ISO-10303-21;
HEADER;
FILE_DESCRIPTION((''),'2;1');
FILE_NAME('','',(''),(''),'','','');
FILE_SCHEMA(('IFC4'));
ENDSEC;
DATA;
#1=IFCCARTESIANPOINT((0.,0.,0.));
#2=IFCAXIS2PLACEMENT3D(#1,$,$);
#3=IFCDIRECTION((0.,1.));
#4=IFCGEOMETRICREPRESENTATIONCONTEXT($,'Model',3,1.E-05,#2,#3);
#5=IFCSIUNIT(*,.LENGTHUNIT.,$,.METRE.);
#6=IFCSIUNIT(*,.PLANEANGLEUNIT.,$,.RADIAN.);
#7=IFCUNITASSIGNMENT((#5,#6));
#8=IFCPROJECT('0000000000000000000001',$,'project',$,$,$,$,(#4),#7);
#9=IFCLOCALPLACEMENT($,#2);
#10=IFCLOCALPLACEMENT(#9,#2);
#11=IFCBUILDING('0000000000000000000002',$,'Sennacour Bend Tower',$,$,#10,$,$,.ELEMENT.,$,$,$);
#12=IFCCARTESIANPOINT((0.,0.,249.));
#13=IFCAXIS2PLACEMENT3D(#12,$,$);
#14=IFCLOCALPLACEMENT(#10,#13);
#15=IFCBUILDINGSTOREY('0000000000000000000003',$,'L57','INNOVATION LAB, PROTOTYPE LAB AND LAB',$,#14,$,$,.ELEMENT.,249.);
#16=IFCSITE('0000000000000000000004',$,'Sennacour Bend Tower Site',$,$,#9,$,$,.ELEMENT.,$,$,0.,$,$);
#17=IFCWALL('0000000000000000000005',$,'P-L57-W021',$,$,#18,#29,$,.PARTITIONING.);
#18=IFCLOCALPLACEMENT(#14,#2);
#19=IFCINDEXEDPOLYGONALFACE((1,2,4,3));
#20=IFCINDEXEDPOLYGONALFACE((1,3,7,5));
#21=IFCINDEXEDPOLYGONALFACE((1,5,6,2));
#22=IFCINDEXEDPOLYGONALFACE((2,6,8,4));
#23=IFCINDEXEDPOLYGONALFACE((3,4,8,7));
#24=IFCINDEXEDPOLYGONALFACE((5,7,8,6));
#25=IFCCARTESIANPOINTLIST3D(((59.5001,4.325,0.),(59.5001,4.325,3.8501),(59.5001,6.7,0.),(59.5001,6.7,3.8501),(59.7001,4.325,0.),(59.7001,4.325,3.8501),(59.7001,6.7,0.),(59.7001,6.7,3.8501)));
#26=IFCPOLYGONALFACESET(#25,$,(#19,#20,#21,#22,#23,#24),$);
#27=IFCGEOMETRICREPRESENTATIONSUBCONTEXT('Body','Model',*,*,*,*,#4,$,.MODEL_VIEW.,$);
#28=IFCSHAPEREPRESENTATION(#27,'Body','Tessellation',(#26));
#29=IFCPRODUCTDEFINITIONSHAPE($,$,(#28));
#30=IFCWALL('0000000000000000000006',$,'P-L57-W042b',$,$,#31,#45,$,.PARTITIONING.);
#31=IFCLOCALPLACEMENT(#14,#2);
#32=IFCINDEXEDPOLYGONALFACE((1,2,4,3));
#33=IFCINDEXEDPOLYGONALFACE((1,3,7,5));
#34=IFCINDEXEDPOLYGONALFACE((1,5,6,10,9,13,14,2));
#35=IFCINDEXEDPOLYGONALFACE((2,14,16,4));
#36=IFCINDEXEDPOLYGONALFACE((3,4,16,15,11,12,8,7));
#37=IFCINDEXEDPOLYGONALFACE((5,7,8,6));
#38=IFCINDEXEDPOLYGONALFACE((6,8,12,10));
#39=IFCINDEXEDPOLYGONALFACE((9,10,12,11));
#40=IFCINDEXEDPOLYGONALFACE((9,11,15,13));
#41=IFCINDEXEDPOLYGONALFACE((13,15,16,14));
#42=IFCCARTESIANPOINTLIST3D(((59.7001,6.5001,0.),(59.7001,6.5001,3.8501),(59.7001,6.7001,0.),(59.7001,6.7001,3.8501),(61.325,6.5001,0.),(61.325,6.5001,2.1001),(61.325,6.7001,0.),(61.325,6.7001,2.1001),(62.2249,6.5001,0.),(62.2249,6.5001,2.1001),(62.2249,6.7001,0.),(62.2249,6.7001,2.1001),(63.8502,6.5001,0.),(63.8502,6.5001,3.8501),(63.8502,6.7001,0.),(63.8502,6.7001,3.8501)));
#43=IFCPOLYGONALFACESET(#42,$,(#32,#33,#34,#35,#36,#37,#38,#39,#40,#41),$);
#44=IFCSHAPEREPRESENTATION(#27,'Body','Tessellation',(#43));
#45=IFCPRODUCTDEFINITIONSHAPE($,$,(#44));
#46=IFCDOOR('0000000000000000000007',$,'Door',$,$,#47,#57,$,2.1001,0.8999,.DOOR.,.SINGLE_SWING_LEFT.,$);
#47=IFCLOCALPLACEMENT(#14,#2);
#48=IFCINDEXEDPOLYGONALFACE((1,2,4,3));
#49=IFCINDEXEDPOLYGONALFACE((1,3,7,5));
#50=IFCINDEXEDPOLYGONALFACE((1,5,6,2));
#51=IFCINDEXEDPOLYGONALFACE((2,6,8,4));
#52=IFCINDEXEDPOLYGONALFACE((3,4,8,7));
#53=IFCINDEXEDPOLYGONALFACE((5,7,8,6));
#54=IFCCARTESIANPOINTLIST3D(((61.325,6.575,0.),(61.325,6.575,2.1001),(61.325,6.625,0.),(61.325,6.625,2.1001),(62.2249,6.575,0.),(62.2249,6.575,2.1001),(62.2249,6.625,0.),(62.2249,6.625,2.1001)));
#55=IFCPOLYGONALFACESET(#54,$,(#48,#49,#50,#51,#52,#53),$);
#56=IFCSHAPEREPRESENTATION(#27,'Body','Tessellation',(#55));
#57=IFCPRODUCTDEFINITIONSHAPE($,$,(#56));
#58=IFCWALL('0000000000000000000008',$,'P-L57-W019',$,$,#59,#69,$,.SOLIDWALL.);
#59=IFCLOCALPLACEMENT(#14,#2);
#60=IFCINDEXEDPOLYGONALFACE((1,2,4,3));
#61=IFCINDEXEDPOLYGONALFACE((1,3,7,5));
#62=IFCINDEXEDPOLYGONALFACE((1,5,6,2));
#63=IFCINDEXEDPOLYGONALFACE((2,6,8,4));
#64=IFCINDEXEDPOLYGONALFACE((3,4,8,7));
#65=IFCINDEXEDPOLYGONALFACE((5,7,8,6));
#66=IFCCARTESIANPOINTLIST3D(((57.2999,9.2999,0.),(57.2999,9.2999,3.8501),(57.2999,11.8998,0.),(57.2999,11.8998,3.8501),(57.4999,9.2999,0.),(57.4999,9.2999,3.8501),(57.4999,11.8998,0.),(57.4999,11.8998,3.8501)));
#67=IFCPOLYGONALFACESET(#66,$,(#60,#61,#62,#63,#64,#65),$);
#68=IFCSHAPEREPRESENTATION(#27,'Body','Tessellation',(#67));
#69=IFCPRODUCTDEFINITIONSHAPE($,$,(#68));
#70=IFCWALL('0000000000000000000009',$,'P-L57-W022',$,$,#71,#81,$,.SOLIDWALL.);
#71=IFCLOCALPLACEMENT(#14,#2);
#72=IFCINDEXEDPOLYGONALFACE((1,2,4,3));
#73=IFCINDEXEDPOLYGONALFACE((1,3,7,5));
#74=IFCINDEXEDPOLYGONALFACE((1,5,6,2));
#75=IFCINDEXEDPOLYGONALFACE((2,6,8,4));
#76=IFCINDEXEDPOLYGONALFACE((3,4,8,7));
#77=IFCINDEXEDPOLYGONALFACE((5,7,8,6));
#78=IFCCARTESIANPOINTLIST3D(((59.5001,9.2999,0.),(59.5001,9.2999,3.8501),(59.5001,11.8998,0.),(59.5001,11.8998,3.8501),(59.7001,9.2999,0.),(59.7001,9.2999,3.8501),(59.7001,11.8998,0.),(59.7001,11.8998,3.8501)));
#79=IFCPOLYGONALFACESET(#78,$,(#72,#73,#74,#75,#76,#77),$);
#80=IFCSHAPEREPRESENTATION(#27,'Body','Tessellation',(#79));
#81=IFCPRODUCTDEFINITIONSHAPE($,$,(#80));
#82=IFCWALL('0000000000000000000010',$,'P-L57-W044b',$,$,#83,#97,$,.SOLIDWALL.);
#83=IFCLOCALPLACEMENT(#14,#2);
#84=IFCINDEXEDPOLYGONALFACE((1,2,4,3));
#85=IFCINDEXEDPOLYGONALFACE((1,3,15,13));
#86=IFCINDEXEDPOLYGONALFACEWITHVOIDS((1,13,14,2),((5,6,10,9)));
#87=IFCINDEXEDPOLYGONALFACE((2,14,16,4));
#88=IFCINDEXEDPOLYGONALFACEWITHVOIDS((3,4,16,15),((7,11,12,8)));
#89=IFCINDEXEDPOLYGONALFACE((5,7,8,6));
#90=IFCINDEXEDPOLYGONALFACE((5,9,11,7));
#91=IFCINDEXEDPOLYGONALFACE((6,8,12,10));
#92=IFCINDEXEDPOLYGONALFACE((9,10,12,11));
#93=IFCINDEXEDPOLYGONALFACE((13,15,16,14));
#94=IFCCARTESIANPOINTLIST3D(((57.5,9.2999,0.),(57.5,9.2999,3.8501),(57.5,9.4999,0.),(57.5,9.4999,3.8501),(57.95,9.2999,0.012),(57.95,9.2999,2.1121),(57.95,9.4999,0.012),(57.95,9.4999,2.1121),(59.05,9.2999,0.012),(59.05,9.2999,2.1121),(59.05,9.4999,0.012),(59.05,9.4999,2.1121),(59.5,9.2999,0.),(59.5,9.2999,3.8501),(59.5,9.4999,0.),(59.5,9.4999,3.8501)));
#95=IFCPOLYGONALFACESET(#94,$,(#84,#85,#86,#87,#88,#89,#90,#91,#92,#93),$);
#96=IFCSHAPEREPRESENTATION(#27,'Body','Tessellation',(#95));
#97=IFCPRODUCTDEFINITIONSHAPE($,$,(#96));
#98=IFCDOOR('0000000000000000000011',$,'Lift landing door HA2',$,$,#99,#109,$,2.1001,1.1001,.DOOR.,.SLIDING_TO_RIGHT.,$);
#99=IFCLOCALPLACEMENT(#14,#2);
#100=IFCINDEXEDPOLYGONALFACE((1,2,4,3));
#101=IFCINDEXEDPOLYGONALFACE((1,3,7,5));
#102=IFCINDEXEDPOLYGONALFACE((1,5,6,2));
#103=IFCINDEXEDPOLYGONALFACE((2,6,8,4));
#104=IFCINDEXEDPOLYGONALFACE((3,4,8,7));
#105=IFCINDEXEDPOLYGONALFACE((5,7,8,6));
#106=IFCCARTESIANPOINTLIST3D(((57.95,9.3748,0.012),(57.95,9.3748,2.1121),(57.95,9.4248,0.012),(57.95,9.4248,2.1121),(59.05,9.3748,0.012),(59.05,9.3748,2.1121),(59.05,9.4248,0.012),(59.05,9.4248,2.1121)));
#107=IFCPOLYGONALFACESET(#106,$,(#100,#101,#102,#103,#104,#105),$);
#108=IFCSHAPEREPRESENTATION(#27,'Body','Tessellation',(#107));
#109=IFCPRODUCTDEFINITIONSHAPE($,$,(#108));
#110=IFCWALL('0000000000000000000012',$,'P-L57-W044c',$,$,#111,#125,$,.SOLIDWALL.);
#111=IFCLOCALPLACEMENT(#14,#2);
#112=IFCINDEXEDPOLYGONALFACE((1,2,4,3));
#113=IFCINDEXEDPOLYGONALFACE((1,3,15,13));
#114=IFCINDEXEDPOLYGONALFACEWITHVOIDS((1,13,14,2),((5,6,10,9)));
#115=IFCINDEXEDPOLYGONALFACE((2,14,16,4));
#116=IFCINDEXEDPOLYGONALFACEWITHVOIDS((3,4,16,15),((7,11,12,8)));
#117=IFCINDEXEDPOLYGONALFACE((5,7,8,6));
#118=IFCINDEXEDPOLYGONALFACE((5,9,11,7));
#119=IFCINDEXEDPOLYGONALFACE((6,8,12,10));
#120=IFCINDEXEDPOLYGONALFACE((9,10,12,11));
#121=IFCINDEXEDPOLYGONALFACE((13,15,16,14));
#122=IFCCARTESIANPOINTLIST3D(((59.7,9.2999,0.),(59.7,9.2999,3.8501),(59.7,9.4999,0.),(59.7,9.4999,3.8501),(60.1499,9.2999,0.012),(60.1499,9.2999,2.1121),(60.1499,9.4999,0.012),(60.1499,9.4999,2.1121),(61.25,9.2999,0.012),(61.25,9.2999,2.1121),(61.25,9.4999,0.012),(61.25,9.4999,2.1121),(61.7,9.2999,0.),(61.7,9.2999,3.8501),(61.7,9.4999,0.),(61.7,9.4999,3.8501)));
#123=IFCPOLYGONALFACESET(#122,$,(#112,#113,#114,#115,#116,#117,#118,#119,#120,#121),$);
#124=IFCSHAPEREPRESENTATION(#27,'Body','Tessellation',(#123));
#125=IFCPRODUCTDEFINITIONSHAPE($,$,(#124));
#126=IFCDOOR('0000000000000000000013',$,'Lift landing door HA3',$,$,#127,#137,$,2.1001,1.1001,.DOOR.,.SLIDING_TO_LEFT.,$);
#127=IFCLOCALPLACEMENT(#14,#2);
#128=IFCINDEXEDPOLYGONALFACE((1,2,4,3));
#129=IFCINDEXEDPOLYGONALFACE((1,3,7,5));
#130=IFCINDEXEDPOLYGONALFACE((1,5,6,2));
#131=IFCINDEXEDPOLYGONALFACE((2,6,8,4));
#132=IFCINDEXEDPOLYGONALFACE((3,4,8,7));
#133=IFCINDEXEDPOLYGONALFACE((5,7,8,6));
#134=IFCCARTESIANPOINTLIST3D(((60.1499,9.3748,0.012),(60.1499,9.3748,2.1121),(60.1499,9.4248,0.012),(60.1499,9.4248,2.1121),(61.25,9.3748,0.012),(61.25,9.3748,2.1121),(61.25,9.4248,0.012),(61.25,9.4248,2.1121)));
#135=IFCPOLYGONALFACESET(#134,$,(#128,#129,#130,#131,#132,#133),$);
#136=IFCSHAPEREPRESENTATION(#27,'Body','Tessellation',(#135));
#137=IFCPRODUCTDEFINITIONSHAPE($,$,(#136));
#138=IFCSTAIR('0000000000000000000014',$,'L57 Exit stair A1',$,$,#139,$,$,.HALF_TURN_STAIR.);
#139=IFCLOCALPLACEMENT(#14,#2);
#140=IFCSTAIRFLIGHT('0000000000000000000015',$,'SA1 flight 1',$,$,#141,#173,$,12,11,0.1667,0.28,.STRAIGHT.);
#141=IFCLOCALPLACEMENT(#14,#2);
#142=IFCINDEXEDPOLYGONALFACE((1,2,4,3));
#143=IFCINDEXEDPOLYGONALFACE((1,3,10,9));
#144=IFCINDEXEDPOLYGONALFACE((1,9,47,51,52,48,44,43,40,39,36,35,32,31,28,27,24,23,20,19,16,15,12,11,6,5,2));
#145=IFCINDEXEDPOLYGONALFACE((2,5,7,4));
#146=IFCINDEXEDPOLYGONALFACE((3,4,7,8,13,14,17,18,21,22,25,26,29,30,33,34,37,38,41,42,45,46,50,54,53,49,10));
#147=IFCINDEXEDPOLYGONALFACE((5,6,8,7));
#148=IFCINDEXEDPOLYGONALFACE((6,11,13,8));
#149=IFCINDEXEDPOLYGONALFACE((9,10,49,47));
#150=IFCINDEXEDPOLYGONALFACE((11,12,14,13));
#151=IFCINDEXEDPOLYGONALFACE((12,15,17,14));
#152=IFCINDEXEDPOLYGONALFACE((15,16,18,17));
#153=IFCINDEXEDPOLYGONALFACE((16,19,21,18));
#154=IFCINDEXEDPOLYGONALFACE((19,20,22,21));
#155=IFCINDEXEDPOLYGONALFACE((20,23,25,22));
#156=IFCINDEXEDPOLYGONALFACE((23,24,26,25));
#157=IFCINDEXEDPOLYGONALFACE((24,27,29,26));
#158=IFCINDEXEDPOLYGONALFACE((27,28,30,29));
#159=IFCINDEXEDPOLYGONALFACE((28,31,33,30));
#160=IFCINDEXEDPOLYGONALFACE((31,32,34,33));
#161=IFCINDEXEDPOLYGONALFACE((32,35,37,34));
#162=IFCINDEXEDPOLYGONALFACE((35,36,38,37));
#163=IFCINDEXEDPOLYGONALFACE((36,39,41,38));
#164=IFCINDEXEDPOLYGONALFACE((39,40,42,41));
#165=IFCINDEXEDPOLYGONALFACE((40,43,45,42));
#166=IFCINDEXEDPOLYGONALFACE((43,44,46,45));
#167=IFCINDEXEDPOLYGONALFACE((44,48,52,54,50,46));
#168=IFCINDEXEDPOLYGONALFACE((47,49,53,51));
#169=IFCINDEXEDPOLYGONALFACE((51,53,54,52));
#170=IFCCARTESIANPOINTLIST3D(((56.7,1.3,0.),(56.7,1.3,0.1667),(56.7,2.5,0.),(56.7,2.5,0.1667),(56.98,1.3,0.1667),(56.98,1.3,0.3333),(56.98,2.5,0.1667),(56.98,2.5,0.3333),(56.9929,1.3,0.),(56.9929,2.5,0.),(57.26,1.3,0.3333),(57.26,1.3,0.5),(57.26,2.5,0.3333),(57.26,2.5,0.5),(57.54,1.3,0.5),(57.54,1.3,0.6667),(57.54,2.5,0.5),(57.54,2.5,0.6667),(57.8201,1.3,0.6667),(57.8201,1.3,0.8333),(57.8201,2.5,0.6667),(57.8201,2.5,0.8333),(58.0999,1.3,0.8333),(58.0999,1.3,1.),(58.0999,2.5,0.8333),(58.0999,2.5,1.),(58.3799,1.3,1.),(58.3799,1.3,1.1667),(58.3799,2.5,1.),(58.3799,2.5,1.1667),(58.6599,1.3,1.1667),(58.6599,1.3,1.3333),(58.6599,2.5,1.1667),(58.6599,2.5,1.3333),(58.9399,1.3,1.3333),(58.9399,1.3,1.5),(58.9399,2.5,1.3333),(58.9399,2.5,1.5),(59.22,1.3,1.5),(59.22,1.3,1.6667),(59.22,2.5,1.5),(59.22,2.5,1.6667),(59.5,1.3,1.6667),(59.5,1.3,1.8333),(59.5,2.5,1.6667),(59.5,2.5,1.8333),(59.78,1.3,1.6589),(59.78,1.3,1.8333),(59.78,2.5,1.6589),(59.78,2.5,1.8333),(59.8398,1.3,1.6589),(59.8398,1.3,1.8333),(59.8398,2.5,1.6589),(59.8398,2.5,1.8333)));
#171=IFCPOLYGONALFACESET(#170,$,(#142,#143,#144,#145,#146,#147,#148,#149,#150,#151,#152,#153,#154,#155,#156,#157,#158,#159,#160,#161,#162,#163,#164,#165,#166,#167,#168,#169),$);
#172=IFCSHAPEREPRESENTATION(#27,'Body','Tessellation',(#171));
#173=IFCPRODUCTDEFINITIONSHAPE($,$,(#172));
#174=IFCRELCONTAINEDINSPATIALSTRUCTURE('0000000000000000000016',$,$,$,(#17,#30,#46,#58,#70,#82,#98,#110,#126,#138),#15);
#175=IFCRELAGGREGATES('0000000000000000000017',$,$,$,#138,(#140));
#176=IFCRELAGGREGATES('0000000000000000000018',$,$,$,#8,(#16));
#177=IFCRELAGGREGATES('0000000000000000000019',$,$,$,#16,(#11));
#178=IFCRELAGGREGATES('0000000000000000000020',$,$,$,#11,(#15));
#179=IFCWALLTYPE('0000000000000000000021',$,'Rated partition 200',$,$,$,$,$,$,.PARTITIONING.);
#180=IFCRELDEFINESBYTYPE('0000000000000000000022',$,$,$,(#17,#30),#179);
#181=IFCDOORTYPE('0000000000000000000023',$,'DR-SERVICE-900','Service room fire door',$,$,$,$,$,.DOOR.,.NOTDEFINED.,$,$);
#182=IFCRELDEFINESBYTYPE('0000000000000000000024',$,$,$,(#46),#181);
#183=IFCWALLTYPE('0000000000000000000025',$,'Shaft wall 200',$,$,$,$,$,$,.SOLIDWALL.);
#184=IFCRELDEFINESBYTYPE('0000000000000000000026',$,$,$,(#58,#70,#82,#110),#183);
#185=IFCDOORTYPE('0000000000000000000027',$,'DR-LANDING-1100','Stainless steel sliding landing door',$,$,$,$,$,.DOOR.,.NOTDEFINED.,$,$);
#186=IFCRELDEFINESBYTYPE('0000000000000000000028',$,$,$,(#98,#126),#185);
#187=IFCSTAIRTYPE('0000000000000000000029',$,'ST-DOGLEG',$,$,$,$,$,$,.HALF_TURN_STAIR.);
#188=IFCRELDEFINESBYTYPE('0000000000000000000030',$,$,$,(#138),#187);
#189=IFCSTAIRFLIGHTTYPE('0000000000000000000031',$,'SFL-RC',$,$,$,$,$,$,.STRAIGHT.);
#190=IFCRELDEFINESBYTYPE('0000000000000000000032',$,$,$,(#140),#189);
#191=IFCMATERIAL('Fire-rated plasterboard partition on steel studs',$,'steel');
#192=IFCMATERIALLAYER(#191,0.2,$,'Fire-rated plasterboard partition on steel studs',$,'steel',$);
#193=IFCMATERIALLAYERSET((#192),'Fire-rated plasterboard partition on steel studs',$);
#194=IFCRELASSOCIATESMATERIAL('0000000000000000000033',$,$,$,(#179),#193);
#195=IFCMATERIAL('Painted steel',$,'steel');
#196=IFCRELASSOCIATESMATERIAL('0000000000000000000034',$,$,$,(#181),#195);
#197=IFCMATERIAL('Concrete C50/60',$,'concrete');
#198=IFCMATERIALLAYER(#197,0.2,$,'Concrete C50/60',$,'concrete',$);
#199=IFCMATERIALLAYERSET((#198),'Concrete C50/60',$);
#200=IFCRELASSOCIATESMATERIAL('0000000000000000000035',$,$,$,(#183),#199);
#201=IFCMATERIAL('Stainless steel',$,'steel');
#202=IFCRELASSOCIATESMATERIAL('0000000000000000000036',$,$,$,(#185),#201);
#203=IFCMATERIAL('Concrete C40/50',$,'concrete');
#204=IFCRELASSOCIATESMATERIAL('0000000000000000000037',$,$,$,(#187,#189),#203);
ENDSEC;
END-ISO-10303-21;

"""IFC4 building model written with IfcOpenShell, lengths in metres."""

from ifc_helpers import new_model, si_unit, direction, frame, frame_2d, origin, place, context, subcontext, project, spatial, polyline, rectangle, outline, extrude, material, layer, layer_set, type_object, element, fill, aggregate, save


model = new_model("IFC4")

# Units and contexts
model_context = context("Model", 3, precision=1e-05, world=origin(), true_north=direction((0.0, 1.0)))
body_context = subcontext(model_context, "Body", "Model", "MODEL_VIEW")
ifc_project = project(units=[si_unit("LENGTHUNIT", "METRE"), si_unit("PLANEANGLEUNIT", "RADIAN")], contexts=[model_context])

# Site, building, storey
site_placement = place(None, origin())
site = spatial("IfcSite", under=ifc_project, at=site_placement, Name="Sennacour Bend Tower Site", CompositionType="ELEMENT", RefElevation=0.0)
building_placement = place(site_placement, origin())
building = spatial("IfcBuilding", under=site, at=building_placement, Name="Sennacour Bend Tower", CompositionType="ELEMENT")
storey_placement = place(building_placement, frame((0.0, 0.0, 249.0)))
storey = spatial("IfcBuildingStorey", under=building, at=storey_placement, Name="L57", Description="INNOVATION LAB, PROTOTYPE LAB AND LAB", CompositionType="ELEMENT", Elevation=249.0)

# Wall
ifc_material_1 = material(Name="Fire-rated plasterboard partition on steel studs", Category="steel")
ifc_layer_1 = layer(ifc_material_1, 0.2, Name="Fire-rated plasterboard partition on steel studs", Category="steel")
ifc_layer_set_1 = layer_set([ifc_layer_1], Name="Fire-rated plasterboard partition on steel studs")
wall_type_1 = type_object("IfcWallType", Name="Rated partition 200", PredefinedType="PARTITIONING", material=ifc_layer_set_1)
wall_1_placement = place(storey_placement, frame((59.6001, 4.325, 0.0), z_axis=(0.0, 0.0, 1.0), x_axis=(0.0, 1.0, 0.0)))
element("IfcWall", 1, at=wall_1_placement, inside=storey, type_object=wall_type_1, Name="P-L57-W021", PredefinedType="PARTITIONING", context=body_context, shape_type="SweptSolid", body=[
    extrude(rectangle(XDim=2.375, YDim=0.2, at=frame_2d((1.1875, 0.0))), origin(), (0.0, 0.0, 1.0), 3.8501),
])

# Wall, opening, door
wall_2_placement = place(storey_placement, frame((59.7, 6.6001, 0.0), z_axis=(0.0, 0.0, 1.0), x_axis=(1.0, 0.0, 0.0)))
wall_2 = element("IfcWall", 2, at=wall_2_placement, inside=storey, type_object=wall_type_1, Name="P-L57-W042b", PredefinedType="PARTITIONING", context=body_context, shape_type="SweptSolid", body=[
    extrude(rectangle(XDim=4.1501, YDim=0.2, at=frame_2d((2.0752, 0.0))), origin(), (0.0, 0.0, 1.0), 3.8501),
])
opening_1_placement = place(wall_2_placement, frame((1.625, 0.0, 0.0)))
opening_1 = element("IfcOpeningElement", 3, at=opening_1_placement, cuts=wall_2, PredefinedType="OPENING", context=body_context, shape_type="SweptSolid", body=[
    extrude(rectangle(XDim=0.8999, YDim=2.1001, at=frame_2d((0.45, 1.05))), frame((0.0, 0.1099, 0.0), z_axis=(0.0, -1.0, 0.0), x_axis=(1.0, 0.0, 0.0)), (0.0, 0.0, 1.0), 0.22),
])
ifc_material_2 = material(Name="Painted steel", Category="steel")
door_type_1 = type_object("IfcDoorType", Name="DR-SERVICE-900", Description="Service room fire door", OperationType="NOTDEFINED", PredefinedType="DOOR", material=ifc_material_2)
door_1_placement = place(opening_1_placement, origin())
door_1 = element("IfcDoor", 4, at=door_1_placement, inside=storey, type_object=door_type_1, Name="Door", OperationType="SINGLE_SWING_LEFT", OverallHeight=2.1001, OverallWidth=0.8999, PredefinedType="DOOR", context=body_context, shape_type="SweptSolid", body=[
    extrude(rectangle(XDim=0.8999, YDim=2.1001, at=frame_2d((0.45, 1.05))), frame((0.0, 0.0249, 0.0), z_axis=(0.0, -1.0, 0.0), x_axis=(1.0, 0.0, 0.0)), (0.0, 0.0, 1.0), 0.05),
])
fill(opening_1, door_1)

# Walls
ifc_material_3 = material(Name="Concrete C50/60", Category="concrete")
ifc_layer_2 = layer(ifc_material_3, 0.2, Name="Concrete C50/60", Category="concrete")
ifc_layer_set_2 = layer_set([ifc_layer_2], Name="Concrete C50/60")
wall_type_2 = type_object("IfcWallType", Name="Shaft wall 200", PredefinedType="SOLIDWALL", material=ifc_layer_set_2)
for number, where, z_axis, x_axis, name in (
    (5, (57.3999, 9.3, 0.0), (0.0, 0.0, 1.0), (0.0, 1.0, 0.0), "P-L57-W019"),
    (6, (59.6001, 9.3, 0.0), (0.0, 0.0, 1.0), (0.0, 1.0, 0.0), "P-L57-W022"),
):
    element("IfcWall", number, at=place(storey_placement, frame(where, z_axis=z_axis, x_axis=x_axis)), inside=storey, type_object=wall_type_2, Name=name, PredefinedType="SOLIDWALL", context=body_context, shape_type="SweptSolid", body=[
        extrude(rectangle(XDim=2.5999, YDim=0.2, at=frame_2d((1.2998, 0.0))), origin(), (0.0, 0.0, 1.0), 3.8501),
    ])

# Walls, openings, doors
wall_3_placement = place(storey_placement, frame((57.5, 9.3999, 0.0), z_axis=(0.0, 0.0, 1.0), x_axis=(1.0, 0.0, 0.0)))
wall_3 = element("IfcWall", 7, at=wall_3_placement, inside=storey, type_object=wall_type_2, Name="P-L57-W044b", PredefinedType="SOLIDWALL", context=body_context, shape_type="SweptSolid", body=[
    extrude(rectangle(XDim=2.0, YDim=0.2, at=frame_2d((1.0, 0.0))), origin(), (0.0, 0.0, 1.0), 3.8501),
])
opening_2_placement = place(wall_3_placement, frame((0.45, 0.0, 0.012)))
opening_2 = element("IfcOpeningElement", 8, at=opening_2_placement, cuts=wall_3, PredefinedType="OPENING", context=body_context, shape_type="SweptSolid", body=[
    extrude(rectangle(XDim=1.1001, YDim=2.1001, at=frame_2d((0.55, 1.05))), frame((0.0, 0.1099, 0.0), z_axis=(0.0, -1.0, 0.0), x_axis=(1.0, 0.0, 0.0)), (0.0, 0.0, 1.0), 0.22),
])
ifc_material_4 = material(Name="Stainless steel", Category="steel")
door_type_2 = type_object("IfcDoorType", Name="DR-LANDING-1100", Description="Stainless steel sliding landing door", OperationType="NOTDEFINED", PredefinedType="DOOR", material=ifc_material_4)
door_2_placement = place(opening_2_placement, origin())
door_2 = element("IfcDoor", 9, at=door_2_placement, inside=storey, type_object=door_type_2, Name="Lift landing door HA2", OperationType="SLIDING_TO_RIGHT", OverallHeight=2.1001, OverallWidth=1.1001, PredefinedType="DOOR", context=body_context, shape_type="SweptSolid", body=[
    extrude(rectangle(XDim=1.1001, YDim=2.1001, at=frame_2d((0.55, 1.05))), frame((0.0, 0.0249, 0.0), z_axis=(0.0, -1.0, 0.0), x_axis=(1.0, 0.0, 0.0)), (0.0, 0.0, 1.0), 0.05),
])
fill(opening_2, door_2)
wall_4_placement = place(storey_placement, frame((59.7, 9.3999, 0.0), z_axis=(0.0, 0.0, 1.0), x_axis=(1.0, 0.0, 0.0)))
wall_4 = element("IfcWall", 10, at=wall_4_placement, inside=storey, type_object=wall_type_2, Name="P-L57-W044c", PredefinedType="SOLIDWALL", context=body_context, shape_type="SweptSolid", body=[
    extrude(rectangle(XDim=2.0, YDim=0.2, at=frame_2d((1.0, 0.0))), origin(), (0.0, 0.0, 1.0), 3.8501),
])
opening_3_placement = place(wall_4_placement, frame((0.45, 0.0, 0.012)))
opening_3 = element("IfcOpeningElement", 11, at=opening_3_placement, cuts=wall_4, PredefinedType="OPENING", context=body_context, shape_type="SweptSolid", body=[
    extrude(rectangle(XDim=1.1001, YDim=2.1001, at=frame_2d((0.55, 1.05))), frame((0.0, 0.1099, 0.0), z_axis=(0.0, -1.0, 0.0), x_axis=(1.0, 0.0, 0.0)), (0.0, 0.0, 1.0), 0.22),
])
door_3_placement = place(opening_3_placement, origin())
door_3 = element("IfcDoor", 12, at=door_3_placement, inside=storey, type_object=door_type_2, Name="Lift landing door HA3", OperationType="SLIDING_TO_LEFT", OverallHeight=2.1001, OverallWidth=1.1001, PredefinedType="DOOR", context=body_context, shape_type="SweptSolid", body=[
    extrude(rectangle(XDim=1.1001, YDim=2.1001, at=frame_2d((0.55, 1.05))), frame((0.0, 0.0249, 0.0), z_axis=(0.0, -1.0, 0.0), x_axis=(1.0, 0.0, 0.0)), (0.0, 0.0, 1.0), 0.05),
])
fill(opening_3, door_3)

# Stair, stair flight
ifc_material_5 = material(Name="Concrete C40/50", Category="concrete")
stair_type = type_object("IfcStairType", Name="ST-DOGLEG", PredefinedType="HALF_TURN_STAIR", material=ifc_material_5)
stair_placement = place(storey_placement, origin())
stair = element("IfcStair", 13, at=stair_placement, inside=storey, type_object=stair_type, Name="L57 Exit stair A1", PredefinedType="HALF_TURN_STAIR")
stair_flight_type = type_object("IfcStairFlightType", Name="SFL-RC", PredefinedType="STRAIGHT", material=ifc_material_5)
stair_flight_placement = place(storey_placement, frame((56.7, 1.8999, 0.0), z_axis=(0.0, 0.0, 1.0), x_axis=(1.0, 0.0, 0.0)))
stair_flight = element("IfcStairFlight", 14, at=stair_flight_placement, type_object=stair_flight_type, Name="SA1 flight 1", NumberOfRisers=12, NumberOfTreads=11, PredefinedType="STRAIGHT", RiserHeight=0.1667, TreadLength=0.28, context=body_context, shape_type="SweptSolid", body=[
    extrude(outline(polyline([(0.0, 0.0), (0.0, 0.1667), (0.28, 0.1667), (0.28, 0.3333), (0.5601, 0.3333), (0.5601, 0.5), (0.8401, 0.5), (0.8401, 0.6667), (1.1201, 0.6667), (1.1201, 0.8333), (1.3999, 0.8333), (1.3999, 1.0), (1.6799, 1.0), (1.6799, 1.1667), (1.96, 1.1667), (1.96, 1.3333), (2.24, 1.3333), (2.24, 1.5), (2.52, 1.5), (2.52, 1.6667), (2.8, 1.6667), (2.8, 1.8333), (3.0801, 1.8333), (3.1399, 1.8333), (3.1399, 1.6589), (3.0801, 1.6589), (0.293, 0.0), (0.0, 0.0)])), frame((0.0, 0.6001, 0.0), z_axis=(0.0, -1.0, 0.0), x_axis=(1.0, 0.0, 0.0)), (0.0, 0.0, 1.0), 1.2),
])
aggregate(stair, [stair_flight])

save(model, "model.ifc")
